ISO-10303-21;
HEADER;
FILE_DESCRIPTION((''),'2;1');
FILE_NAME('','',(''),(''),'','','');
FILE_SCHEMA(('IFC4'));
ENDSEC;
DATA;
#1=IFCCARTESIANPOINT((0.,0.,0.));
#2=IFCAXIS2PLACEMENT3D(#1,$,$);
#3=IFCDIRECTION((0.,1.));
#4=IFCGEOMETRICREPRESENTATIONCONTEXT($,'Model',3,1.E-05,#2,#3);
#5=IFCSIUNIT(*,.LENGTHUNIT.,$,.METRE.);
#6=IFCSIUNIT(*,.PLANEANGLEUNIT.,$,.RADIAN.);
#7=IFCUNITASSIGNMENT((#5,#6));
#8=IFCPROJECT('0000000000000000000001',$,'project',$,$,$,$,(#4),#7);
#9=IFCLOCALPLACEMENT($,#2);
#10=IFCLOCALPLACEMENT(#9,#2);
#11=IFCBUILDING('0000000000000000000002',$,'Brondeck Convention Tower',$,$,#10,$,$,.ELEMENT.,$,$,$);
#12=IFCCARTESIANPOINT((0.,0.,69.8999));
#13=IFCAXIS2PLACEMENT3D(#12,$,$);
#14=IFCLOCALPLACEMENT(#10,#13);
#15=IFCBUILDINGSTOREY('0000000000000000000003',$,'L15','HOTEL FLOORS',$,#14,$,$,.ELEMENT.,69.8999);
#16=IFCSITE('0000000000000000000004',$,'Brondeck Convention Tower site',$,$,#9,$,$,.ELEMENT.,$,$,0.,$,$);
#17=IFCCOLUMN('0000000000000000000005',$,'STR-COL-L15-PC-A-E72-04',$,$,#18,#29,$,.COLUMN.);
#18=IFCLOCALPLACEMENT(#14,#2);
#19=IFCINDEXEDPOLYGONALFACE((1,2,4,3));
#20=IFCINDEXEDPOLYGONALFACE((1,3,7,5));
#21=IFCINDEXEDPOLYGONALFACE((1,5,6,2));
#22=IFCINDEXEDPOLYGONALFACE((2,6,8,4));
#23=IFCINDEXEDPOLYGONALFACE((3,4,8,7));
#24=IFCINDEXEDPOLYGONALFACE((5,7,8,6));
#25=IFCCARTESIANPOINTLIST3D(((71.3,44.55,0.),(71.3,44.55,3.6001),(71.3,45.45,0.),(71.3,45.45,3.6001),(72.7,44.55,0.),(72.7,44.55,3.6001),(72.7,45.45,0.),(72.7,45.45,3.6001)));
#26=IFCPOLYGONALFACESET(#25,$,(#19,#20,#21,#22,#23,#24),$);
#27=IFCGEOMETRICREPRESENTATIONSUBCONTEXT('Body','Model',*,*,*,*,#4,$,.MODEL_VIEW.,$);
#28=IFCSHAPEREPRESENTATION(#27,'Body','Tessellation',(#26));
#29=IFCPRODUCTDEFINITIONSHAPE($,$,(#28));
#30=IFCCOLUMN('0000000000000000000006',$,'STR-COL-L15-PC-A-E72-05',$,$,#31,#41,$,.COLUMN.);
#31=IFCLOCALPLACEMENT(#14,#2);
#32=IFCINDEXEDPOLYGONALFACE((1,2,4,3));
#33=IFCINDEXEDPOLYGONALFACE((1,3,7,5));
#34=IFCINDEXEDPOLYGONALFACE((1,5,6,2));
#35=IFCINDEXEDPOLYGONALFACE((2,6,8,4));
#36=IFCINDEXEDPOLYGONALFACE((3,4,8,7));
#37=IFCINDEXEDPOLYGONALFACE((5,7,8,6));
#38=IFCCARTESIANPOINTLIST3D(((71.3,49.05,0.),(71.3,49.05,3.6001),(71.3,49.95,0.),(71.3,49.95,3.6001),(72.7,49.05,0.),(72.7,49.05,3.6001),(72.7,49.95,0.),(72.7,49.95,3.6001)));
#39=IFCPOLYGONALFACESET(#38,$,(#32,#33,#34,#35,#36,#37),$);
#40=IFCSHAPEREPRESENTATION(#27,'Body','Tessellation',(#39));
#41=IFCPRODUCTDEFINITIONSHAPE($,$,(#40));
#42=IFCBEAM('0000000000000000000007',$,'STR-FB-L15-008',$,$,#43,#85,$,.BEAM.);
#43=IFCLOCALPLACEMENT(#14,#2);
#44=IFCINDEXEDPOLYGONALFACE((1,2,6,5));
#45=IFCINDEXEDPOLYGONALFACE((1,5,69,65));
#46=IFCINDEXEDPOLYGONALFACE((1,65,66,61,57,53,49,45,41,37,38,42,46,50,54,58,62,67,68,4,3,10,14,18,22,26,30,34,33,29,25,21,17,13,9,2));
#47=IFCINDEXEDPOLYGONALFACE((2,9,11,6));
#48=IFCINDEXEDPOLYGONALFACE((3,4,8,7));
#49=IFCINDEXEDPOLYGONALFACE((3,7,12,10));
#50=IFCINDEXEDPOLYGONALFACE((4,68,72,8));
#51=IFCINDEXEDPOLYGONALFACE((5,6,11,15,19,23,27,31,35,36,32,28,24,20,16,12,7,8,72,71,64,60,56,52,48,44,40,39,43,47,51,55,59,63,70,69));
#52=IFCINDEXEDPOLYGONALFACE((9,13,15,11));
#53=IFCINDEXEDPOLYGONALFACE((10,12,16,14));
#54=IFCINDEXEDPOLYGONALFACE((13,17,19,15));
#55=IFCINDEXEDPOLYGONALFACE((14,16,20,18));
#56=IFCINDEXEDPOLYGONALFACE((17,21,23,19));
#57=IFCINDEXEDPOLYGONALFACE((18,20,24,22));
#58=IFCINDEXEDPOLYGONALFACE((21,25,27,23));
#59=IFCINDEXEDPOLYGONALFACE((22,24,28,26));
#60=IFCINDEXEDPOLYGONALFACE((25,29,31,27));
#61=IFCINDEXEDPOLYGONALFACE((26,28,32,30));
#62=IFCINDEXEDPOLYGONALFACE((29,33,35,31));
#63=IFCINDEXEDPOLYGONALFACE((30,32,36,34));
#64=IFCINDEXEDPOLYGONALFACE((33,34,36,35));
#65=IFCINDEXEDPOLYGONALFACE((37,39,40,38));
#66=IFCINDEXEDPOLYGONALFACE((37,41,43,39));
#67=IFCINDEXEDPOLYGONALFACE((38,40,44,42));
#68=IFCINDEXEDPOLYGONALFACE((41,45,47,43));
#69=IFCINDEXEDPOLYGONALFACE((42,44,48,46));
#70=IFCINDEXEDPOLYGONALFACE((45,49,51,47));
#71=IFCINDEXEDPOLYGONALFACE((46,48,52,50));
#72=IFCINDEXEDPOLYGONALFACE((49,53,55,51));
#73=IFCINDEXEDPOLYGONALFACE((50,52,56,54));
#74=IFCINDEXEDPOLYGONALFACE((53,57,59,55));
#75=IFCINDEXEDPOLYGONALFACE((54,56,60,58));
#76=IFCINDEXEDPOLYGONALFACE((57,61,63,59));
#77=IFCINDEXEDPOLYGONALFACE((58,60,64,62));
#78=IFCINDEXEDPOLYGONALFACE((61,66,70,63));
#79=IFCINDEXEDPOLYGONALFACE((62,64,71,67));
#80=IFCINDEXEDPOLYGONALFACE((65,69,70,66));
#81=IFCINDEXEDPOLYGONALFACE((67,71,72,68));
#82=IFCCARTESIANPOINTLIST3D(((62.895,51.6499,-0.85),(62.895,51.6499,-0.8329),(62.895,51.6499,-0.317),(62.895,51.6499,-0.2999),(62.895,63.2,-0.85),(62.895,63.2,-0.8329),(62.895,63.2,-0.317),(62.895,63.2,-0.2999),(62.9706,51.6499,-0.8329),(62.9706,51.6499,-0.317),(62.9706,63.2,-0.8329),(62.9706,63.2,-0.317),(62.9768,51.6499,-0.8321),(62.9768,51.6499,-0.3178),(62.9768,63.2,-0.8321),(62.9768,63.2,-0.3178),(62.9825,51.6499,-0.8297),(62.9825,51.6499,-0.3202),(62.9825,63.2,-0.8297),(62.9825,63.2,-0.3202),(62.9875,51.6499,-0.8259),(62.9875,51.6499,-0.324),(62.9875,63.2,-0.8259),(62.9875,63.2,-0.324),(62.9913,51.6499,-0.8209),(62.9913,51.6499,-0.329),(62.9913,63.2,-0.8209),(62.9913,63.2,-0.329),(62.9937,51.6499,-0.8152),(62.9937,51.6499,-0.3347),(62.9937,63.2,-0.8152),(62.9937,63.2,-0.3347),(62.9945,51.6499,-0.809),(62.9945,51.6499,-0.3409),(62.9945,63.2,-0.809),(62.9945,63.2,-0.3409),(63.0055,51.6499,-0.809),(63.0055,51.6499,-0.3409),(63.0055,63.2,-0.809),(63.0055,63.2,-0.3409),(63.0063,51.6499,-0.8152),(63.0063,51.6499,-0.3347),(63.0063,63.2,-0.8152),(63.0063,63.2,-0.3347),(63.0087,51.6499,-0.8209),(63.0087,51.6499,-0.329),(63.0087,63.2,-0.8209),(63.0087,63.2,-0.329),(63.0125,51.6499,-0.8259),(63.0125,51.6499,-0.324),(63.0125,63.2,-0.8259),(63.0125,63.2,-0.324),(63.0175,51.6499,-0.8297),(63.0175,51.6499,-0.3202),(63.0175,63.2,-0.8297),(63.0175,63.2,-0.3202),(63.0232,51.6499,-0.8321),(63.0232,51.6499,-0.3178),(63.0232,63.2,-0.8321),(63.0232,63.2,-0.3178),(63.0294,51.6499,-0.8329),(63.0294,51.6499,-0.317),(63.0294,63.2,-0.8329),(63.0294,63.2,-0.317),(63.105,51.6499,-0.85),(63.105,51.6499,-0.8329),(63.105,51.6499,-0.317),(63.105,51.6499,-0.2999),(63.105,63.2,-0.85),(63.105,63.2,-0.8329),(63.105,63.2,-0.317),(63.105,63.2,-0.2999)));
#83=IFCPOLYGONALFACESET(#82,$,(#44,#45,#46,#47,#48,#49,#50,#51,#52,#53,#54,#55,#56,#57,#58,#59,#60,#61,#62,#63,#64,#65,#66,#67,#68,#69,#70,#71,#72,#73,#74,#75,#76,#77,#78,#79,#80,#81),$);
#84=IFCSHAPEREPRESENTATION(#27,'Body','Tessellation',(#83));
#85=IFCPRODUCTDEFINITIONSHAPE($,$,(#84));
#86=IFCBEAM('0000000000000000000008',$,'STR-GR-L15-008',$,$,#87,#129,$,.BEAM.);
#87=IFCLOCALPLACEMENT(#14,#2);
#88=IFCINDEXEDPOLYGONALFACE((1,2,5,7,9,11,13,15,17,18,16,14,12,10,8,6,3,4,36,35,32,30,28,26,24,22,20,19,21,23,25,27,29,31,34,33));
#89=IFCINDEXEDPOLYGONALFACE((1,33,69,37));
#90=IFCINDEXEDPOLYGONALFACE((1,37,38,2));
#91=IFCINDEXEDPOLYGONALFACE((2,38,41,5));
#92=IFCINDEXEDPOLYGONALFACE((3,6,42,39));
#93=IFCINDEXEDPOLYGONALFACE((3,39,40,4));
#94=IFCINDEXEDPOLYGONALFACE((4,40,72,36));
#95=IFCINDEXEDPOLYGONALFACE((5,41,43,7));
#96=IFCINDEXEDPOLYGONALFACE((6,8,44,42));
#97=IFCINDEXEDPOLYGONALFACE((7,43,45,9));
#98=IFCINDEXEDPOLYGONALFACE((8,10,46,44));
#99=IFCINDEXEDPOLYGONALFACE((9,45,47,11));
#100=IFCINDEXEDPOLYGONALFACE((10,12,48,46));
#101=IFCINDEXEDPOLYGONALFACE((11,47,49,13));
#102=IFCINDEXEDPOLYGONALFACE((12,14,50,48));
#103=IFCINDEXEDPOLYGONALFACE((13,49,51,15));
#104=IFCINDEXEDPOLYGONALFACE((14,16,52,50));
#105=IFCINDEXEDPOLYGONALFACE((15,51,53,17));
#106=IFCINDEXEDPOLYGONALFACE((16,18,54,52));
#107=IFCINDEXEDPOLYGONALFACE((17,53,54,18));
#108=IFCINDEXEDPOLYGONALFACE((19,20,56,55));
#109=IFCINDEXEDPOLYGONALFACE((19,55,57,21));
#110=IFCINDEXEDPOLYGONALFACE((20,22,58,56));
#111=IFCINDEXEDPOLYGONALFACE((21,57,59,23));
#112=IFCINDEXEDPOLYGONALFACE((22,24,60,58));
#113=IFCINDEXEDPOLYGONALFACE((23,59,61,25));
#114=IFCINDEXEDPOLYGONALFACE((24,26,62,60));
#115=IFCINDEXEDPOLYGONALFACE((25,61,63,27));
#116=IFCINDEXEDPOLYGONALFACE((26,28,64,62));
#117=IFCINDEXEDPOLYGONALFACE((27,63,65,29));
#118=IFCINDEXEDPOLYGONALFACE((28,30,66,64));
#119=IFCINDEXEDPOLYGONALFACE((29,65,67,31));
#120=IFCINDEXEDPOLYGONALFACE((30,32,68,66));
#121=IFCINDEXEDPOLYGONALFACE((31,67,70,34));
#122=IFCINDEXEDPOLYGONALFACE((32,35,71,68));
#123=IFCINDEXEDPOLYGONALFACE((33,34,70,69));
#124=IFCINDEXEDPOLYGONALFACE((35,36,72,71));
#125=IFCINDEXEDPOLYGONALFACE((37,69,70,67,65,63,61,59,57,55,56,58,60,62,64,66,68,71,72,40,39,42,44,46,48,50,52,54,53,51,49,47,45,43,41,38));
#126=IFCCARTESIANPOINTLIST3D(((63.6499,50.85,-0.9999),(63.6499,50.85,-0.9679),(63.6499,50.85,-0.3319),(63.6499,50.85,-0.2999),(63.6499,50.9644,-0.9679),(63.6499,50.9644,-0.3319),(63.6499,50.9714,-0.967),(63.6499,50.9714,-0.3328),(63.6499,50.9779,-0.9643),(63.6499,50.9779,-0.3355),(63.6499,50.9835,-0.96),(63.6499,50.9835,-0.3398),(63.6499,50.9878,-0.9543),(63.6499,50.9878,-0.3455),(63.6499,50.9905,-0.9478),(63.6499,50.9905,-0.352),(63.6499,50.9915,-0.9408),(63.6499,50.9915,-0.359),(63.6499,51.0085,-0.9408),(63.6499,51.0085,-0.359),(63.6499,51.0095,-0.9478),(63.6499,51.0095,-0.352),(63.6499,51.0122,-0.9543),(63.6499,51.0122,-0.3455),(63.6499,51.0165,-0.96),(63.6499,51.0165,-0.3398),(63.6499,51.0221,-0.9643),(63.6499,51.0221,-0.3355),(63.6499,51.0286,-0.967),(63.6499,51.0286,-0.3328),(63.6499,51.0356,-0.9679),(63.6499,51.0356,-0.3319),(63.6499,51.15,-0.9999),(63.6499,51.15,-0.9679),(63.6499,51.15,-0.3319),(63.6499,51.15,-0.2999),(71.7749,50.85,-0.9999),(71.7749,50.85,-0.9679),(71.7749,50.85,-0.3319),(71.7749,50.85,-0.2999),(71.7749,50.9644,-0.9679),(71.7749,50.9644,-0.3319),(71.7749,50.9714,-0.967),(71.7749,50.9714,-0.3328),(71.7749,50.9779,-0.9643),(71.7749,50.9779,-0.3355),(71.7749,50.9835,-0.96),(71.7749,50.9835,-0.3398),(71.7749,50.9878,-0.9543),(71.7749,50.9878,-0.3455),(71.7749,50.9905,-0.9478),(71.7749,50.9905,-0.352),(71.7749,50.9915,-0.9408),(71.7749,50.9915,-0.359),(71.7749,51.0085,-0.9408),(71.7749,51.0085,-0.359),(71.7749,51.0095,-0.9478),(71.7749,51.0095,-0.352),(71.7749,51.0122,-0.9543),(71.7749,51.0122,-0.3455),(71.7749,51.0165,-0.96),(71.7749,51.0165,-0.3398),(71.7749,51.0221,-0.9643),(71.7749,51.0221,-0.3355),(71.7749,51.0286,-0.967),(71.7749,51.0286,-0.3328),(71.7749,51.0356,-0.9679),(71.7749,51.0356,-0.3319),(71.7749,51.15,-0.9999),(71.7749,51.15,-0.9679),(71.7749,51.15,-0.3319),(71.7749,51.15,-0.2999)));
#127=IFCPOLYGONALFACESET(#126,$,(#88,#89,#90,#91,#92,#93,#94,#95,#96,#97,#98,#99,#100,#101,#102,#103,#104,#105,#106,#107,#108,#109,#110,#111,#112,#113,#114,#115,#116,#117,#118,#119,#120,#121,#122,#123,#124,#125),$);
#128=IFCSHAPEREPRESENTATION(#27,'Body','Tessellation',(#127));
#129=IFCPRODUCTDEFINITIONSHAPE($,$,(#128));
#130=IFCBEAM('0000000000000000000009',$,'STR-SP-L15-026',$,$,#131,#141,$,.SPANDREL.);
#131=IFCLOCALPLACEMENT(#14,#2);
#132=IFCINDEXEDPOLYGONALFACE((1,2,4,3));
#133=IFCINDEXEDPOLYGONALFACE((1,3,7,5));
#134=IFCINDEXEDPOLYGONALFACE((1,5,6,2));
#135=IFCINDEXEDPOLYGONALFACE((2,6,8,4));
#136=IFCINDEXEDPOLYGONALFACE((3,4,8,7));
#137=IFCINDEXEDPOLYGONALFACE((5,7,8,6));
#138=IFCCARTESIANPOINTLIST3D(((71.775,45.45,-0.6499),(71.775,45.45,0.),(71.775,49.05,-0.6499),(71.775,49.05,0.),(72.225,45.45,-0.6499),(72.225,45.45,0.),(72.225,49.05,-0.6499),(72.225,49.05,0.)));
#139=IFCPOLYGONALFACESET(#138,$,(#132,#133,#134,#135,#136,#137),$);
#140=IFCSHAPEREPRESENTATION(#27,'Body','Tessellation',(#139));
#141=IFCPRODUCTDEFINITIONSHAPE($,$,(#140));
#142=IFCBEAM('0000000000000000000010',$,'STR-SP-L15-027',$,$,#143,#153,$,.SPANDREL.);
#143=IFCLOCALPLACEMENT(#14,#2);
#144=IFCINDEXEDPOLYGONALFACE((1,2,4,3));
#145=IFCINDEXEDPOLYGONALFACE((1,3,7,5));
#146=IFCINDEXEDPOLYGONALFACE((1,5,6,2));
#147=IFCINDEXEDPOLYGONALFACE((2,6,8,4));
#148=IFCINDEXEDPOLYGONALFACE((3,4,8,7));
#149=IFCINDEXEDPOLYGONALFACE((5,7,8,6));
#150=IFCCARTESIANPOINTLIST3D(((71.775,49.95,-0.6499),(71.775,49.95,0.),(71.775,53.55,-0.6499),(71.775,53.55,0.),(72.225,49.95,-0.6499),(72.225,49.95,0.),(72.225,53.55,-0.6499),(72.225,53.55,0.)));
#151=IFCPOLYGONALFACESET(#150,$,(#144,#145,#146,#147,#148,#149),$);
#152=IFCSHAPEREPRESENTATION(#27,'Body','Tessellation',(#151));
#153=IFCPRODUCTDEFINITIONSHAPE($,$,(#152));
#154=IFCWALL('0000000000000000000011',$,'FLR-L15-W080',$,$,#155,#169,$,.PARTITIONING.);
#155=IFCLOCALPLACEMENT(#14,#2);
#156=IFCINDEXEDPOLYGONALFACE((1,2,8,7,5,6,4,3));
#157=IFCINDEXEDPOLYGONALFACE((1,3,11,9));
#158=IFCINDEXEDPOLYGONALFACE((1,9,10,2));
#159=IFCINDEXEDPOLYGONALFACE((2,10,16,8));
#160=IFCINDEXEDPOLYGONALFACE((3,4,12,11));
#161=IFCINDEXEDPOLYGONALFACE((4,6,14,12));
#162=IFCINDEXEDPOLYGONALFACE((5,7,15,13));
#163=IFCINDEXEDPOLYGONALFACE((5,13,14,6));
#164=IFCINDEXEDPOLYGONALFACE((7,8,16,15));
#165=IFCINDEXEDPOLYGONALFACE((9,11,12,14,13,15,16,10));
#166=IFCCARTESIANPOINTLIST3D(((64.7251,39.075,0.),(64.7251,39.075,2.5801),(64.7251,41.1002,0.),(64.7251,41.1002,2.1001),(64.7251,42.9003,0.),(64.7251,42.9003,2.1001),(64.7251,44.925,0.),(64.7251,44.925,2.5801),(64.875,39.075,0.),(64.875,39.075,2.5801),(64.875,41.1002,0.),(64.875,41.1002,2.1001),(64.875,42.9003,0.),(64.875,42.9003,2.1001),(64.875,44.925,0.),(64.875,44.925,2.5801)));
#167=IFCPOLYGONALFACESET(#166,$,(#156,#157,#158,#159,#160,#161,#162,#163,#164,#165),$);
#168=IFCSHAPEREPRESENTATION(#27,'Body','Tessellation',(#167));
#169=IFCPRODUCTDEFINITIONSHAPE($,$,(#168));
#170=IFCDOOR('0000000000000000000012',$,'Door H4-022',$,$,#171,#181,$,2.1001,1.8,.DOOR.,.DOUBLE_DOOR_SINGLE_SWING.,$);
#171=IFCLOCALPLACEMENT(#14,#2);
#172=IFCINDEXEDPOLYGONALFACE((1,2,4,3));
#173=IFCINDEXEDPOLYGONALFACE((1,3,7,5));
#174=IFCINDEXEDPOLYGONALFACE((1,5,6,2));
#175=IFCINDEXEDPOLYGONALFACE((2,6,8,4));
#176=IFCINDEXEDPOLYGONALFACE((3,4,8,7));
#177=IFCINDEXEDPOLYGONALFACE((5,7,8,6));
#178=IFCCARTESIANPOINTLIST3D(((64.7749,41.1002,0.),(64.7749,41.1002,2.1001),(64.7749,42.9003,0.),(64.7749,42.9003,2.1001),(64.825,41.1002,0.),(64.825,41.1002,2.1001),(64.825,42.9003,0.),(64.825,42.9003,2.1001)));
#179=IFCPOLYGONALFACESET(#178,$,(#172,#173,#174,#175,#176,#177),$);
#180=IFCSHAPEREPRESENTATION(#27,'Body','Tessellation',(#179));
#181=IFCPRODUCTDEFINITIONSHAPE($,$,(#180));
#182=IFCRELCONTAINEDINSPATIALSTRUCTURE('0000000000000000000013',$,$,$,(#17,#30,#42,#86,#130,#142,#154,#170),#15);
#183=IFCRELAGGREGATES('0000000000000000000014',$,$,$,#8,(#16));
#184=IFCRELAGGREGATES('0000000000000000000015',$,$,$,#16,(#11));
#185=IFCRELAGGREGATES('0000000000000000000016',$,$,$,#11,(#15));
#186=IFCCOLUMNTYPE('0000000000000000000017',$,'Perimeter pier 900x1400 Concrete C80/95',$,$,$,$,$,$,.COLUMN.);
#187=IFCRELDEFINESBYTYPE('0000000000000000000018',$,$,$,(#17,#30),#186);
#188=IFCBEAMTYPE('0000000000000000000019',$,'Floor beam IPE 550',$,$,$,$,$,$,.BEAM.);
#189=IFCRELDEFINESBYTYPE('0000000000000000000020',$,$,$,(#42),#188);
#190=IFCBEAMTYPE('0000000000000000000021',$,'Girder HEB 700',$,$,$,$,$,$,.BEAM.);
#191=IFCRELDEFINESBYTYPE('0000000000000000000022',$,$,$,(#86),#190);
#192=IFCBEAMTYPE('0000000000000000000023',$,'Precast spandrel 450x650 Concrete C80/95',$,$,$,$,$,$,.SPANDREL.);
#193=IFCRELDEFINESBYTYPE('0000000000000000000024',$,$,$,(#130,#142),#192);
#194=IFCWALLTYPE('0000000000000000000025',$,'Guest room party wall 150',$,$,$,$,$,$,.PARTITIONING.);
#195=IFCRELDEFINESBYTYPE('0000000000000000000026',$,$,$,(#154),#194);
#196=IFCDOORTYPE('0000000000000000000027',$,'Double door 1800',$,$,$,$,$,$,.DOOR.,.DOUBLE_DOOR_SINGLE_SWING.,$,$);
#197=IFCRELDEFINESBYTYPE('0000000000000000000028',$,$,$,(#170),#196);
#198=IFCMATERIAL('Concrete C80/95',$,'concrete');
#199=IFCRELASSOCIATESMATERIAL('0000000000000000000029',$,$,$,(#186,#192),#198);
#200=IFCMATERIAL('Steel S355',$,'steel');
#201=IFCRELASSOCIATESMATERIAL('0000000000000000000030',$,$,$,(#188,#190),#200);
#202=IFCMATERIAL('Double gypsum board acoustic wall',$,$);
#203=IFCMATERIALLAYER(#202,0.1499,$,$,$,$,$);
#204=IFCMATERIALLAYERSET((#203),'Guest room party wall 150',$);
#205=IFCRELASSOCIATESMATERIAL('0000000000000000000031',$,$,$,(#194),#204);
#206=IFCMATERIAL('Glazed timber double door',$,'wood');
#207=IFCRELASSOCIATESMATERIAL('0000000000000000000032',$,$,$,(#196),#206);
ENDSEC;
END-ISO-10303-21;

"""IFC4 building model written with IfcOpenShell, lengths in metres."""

from ifc_helpers import new_model, si_unit, direction, frame, frame_2d, origin, origin_2d, place, context, subcontext, project, spatial, rectangle, i_section, extrude, material, layer, layer_set, material_profile, profile_set, type_object, element, fill, save


model = new_model("IFC4")

# Units and contexts
model_context = context("Model", 3, precision=1e-05, world=origin(), true_north=direction((0.0, 1.0)))
body_context = subcontext(model_context, "Body", "Model", "MODEL_VIEW")
ifc_project = project(units=[si_unit("LENGTHUNIT", "METRE"), si_unit("PLANEANGLEUNIT", "RADIAN")], contexts=[model_context])

# Site, building, storey
site_placement = place(None, origin())
site = spatial("IfcSite", under=ifc_project, at=site_placement, Name="Brondeck Convention Tower site", CompositionType="ELEMENT", RefElevation=0.0)
building_placement = place(site_placement, origin())
building = spatial("IfcBuilding", under=site, at=building_placement, Name="Brondeck Convention Tower", CompositionType="ELEMENT")
storey_placement = place(building_placement, frame((0.0, 0.0, 69.8999)))
storey = spatial("IfcBuildingStorey", under=building, at=storey_placement, Name="L15", Description="HOTEL FLOORS", CompositionType="ELEMENT", Elevation=69.8999)

# Columns
ifc_material_1 = material(Name="Concrete C80/95", Category="concrete")
ifc_material_profile_1 = material_profile(ifc_material_1, rectangle(XDim=0.8999, YDim=1.3999, at=origin_2d()), Name="Perimeter pier 900x1400 Concrete C80/95")
ifc_profile_set_1 = profile_set([ifc_material_profile_1], Name="Concrete C80/95")
column_type = type_object("IfcColumnType", Name="Perimeter pier 900x1400 Concrete C80/95", PredefinedType="COLUMN", material=ifc_profile_set_1)
for number, where, z_axis, x_axis, name in (
    (1, (72.0, 45.0, 0.0), (0.0, 0.0, 1.0), (0.0, 1.0, 0.0), "STR-COL-L15-PC-A-E72-04"),
    (2, (72.0, 49.5, 0.0), (0.0, 0.0, 1.0), (0.0, 1.0, 0.0), "STR-COL-L15-PC-A-E72-05"),
):
    element("IfcColumn", number, at=place(storey_placement, frame(where, z_axis=z_axis, x_axis=x_axis)), inside=storey, type_object=column_type, Name=name, PredefinedType="COLUMN", context=body_context, shape_type="SweptSolid", body=[
        extrude(rectangle(XDim=0.8999, YDim=1.3999, at=origin_2d()), origin(), (0.0, 0.0, 1.0), 3.6001),
    ])

# Beams
ifc_material_2 = material(Name="Steel S355", Category="steel")
ifc_material_profile_2 = material_profile(ifc_material_2, i_section(OverallWidth=0.21, OverallDepth=0.55, WebThickness=0.011, FlangeThickness=0.0171, FilletRadius=0.0239, at=origin_2d()), Name="IPE 550")
ifc_profile_set_2 = profile_set([ifc_material_profile_2], Name="Steel S355")
beam_type_1 = type_object("IfcBeamType", Name="Floor beam IPE 550", PredefinedType="BEAM", material=ifc_profile_set_2)
beam_1_placement = place(storey_placement, frame((63.0, 51.6499, -0.575), z_axis=(0.0, 1.0, 0.0), x_axis=(-1.0, 0.0, 0.0)))
element("IfcBeam", 3, at=beam_1_placement, inside=storey, type_object=beam_type_1, Name="STR-FB-L15-008", PredefinedType="BEAM", context=body_context, shape_type="SweptSolid", body=[
    extrude(i_section(OverallWidth=0.21, OverallDepth=0.55, WebThickness=0.011, FlangeThickness=0.0171, FilletRadius=0.0239, at=origin_2d()), origin(), (0.0, 0.0, 1.0), 11.55),
])
ifc_material_profile_3 = material_profile(ifc_material_2, i_section(OverallWidth=0.3, OverallDepth=0.7, WebThickness=0.0171, FlangeThickness=0.032, FilletRadius=0.0271, at=origin_2d()), Name="HEB 700")
ifc_profile_set_3 = profile_set([ifc_material_profile_3], Name="Steel S355")
beam_type_2 = type_object("IfcBeamType", Name="Girder HEB 700", PredefinedType="BEAM", material=ifc_profile_set_3)
beam_2_placement = place(storey_placement, frame((63.6499, 51.0, -0.6499), z_axis=(1.0, 0.0, 0.0), x_axis=(0.0, 1.0, 0.0)))
element("IfcBeam", 4, at=beam_2_placement, inside=storey, type_object=beam_type_2, Name="STR-GR-L15-008", PredefinedType="BEAM", context=body_context, shape_type="SweptSolid", body=[
    extrude(i_section(OverallWidth=0.3, OverallDepth=0.7, WebThickness=0.0171, FlangeThickness=0.032, FilletRadius=0.0271, at=origin_2d()), origin(), (0.0, 0.0, 1.0), 8.125),
])
ifc_material_profile_4 = material_profile(ifc_material_1, rectangle(XDim=0.45, YDim=0.6499, at=origin_2d()), Name="Precast spandrel 450x650 Concrete C80/95")
ifc_profile_set_4 = profile_set([ifc_material_profile_4], Name="Concrete C80/95")
beam_type_3 = type_object("IfcBeamType", Name="Precast spandrel 450x650 Concrete C80/95", PredefinedType="SPANDREL", material=ifc_profile_set_4)
for number, where, z_axis, x_axis, name in (
    (5, (72.0, 45.45, -0.325), (0.0, 1.0, 0.0), (-1.0, 0.0, 0.0), "STR-SP-L15-026"),
    (6, (72.0, 49.95, -0.325), (0.0, 1.0, 0.0), (-1.0, 0.0, 0.0), "STR-SP-L15-027"),
):
    element("IfcBeam", number, at=place(storey_placement, frame(where, z_axis=z_axis, x_axis=x_axis)), inside=storey, type_object=beam_type_3, Name=name, PredefinedType="SPANDREL", context=body_context, shape_type="SweptSolid", body=[
        extrude(rectangle(XDim=0.45, YDim=0.6499, at=origin_2d()), origin(), (0.0, 0.0, 1.0), 3.6001),
    ])

# Wall, opening, door
ifc_material_3 = material(Name="Double gypsum board acoustic wall")
ifc_layer_1 = layer(ifc_material_3, 0.1499)
ifc_layer_set_1 = layer_set([ifc_layer_1], Name="Guest room party wall 150")
wall_type_1 = type_object("IfcWallType", Name="Guest room party wall 150", PredefinedType="PARTITIONING", material=ifc_layer_set_1)
wall_1_placement = place(storey_placement, frame((64.8, 44.925, 0.0), z_axis=(0.0, 0.0, 1.0), x_axis=(0.0, -1.0, 0.0)))
wall_1 = element("IfcWall", 7, at=wall_1_placement, inside=storey, type_object=wall_type_1, Name="FLR-L15-W080", PredefinedType="PARTITIONING", context=body_context, shape_type="SweptSolid", body=[
    extrude(rectangle(XDim=5.8501, YDim=0.1499, at=frame_2d((2.925, 0.0))), origin(), (0.0, 0.0, 1.0), 2.5801),
])
opening_1_placement = place(wall_1_placement, frame((2.0249, 0.0, 0.0)))
opening_1 = element("IfcOpeningElement", 8, at=opening_1_placement, cuts=wall_1, PredefinedType="OPENING", context=body_context, shape_type="SweptSolid", body=[
    extrude(rectangle(XDim=1.8, YDim=2.1001, at=frame_2d((0.8999, 1.05))), frame((0.0, 0.085, 0.0), z_axis=(0.0, -1.0, 0.0), x_axis=(1.0, 0.0, 0.0)), (0.0, 0.0, 1.0), 0.1699),
])
ifc_material_4 = material(Name="Glazed timber double door", Category="wood")
door_type_1 = type_object("IfcDoorType", Name="Double door 1800", OperationType="DOUBLE_DOOR_SINGLE_SWING", PredefinedType="DOOR", material=ifc_material_4)
door_1_placement = place(opening_1_placement, origin())
door_1 = element("IfcDoor", 9, at=door_1_placement, inside=storey, type_object=door_type_1, Name="Door H4-022", OperationType="DOUBLE_DOOR_SINGLE_SWING", OverallHeight=2.1001, OverallWidth=1.8, PredefinedType="DOOR", context=body_context, shape_type="SweptSolid", body=[
    extrude(rectangle(XDim=1.8, YDim=2.1001, at=frame_2d((0.8999, 1.05))), frame((0.0, 0.0249, 0.0), z_axis=(0.0, -1.0, 0.0), x_axis=(1.0, 0.0, 0.0)), (0.0, 0.0, 1.0), 0.05),
])
fill(opening_1, door_1)

save(model, "model.ifc")
